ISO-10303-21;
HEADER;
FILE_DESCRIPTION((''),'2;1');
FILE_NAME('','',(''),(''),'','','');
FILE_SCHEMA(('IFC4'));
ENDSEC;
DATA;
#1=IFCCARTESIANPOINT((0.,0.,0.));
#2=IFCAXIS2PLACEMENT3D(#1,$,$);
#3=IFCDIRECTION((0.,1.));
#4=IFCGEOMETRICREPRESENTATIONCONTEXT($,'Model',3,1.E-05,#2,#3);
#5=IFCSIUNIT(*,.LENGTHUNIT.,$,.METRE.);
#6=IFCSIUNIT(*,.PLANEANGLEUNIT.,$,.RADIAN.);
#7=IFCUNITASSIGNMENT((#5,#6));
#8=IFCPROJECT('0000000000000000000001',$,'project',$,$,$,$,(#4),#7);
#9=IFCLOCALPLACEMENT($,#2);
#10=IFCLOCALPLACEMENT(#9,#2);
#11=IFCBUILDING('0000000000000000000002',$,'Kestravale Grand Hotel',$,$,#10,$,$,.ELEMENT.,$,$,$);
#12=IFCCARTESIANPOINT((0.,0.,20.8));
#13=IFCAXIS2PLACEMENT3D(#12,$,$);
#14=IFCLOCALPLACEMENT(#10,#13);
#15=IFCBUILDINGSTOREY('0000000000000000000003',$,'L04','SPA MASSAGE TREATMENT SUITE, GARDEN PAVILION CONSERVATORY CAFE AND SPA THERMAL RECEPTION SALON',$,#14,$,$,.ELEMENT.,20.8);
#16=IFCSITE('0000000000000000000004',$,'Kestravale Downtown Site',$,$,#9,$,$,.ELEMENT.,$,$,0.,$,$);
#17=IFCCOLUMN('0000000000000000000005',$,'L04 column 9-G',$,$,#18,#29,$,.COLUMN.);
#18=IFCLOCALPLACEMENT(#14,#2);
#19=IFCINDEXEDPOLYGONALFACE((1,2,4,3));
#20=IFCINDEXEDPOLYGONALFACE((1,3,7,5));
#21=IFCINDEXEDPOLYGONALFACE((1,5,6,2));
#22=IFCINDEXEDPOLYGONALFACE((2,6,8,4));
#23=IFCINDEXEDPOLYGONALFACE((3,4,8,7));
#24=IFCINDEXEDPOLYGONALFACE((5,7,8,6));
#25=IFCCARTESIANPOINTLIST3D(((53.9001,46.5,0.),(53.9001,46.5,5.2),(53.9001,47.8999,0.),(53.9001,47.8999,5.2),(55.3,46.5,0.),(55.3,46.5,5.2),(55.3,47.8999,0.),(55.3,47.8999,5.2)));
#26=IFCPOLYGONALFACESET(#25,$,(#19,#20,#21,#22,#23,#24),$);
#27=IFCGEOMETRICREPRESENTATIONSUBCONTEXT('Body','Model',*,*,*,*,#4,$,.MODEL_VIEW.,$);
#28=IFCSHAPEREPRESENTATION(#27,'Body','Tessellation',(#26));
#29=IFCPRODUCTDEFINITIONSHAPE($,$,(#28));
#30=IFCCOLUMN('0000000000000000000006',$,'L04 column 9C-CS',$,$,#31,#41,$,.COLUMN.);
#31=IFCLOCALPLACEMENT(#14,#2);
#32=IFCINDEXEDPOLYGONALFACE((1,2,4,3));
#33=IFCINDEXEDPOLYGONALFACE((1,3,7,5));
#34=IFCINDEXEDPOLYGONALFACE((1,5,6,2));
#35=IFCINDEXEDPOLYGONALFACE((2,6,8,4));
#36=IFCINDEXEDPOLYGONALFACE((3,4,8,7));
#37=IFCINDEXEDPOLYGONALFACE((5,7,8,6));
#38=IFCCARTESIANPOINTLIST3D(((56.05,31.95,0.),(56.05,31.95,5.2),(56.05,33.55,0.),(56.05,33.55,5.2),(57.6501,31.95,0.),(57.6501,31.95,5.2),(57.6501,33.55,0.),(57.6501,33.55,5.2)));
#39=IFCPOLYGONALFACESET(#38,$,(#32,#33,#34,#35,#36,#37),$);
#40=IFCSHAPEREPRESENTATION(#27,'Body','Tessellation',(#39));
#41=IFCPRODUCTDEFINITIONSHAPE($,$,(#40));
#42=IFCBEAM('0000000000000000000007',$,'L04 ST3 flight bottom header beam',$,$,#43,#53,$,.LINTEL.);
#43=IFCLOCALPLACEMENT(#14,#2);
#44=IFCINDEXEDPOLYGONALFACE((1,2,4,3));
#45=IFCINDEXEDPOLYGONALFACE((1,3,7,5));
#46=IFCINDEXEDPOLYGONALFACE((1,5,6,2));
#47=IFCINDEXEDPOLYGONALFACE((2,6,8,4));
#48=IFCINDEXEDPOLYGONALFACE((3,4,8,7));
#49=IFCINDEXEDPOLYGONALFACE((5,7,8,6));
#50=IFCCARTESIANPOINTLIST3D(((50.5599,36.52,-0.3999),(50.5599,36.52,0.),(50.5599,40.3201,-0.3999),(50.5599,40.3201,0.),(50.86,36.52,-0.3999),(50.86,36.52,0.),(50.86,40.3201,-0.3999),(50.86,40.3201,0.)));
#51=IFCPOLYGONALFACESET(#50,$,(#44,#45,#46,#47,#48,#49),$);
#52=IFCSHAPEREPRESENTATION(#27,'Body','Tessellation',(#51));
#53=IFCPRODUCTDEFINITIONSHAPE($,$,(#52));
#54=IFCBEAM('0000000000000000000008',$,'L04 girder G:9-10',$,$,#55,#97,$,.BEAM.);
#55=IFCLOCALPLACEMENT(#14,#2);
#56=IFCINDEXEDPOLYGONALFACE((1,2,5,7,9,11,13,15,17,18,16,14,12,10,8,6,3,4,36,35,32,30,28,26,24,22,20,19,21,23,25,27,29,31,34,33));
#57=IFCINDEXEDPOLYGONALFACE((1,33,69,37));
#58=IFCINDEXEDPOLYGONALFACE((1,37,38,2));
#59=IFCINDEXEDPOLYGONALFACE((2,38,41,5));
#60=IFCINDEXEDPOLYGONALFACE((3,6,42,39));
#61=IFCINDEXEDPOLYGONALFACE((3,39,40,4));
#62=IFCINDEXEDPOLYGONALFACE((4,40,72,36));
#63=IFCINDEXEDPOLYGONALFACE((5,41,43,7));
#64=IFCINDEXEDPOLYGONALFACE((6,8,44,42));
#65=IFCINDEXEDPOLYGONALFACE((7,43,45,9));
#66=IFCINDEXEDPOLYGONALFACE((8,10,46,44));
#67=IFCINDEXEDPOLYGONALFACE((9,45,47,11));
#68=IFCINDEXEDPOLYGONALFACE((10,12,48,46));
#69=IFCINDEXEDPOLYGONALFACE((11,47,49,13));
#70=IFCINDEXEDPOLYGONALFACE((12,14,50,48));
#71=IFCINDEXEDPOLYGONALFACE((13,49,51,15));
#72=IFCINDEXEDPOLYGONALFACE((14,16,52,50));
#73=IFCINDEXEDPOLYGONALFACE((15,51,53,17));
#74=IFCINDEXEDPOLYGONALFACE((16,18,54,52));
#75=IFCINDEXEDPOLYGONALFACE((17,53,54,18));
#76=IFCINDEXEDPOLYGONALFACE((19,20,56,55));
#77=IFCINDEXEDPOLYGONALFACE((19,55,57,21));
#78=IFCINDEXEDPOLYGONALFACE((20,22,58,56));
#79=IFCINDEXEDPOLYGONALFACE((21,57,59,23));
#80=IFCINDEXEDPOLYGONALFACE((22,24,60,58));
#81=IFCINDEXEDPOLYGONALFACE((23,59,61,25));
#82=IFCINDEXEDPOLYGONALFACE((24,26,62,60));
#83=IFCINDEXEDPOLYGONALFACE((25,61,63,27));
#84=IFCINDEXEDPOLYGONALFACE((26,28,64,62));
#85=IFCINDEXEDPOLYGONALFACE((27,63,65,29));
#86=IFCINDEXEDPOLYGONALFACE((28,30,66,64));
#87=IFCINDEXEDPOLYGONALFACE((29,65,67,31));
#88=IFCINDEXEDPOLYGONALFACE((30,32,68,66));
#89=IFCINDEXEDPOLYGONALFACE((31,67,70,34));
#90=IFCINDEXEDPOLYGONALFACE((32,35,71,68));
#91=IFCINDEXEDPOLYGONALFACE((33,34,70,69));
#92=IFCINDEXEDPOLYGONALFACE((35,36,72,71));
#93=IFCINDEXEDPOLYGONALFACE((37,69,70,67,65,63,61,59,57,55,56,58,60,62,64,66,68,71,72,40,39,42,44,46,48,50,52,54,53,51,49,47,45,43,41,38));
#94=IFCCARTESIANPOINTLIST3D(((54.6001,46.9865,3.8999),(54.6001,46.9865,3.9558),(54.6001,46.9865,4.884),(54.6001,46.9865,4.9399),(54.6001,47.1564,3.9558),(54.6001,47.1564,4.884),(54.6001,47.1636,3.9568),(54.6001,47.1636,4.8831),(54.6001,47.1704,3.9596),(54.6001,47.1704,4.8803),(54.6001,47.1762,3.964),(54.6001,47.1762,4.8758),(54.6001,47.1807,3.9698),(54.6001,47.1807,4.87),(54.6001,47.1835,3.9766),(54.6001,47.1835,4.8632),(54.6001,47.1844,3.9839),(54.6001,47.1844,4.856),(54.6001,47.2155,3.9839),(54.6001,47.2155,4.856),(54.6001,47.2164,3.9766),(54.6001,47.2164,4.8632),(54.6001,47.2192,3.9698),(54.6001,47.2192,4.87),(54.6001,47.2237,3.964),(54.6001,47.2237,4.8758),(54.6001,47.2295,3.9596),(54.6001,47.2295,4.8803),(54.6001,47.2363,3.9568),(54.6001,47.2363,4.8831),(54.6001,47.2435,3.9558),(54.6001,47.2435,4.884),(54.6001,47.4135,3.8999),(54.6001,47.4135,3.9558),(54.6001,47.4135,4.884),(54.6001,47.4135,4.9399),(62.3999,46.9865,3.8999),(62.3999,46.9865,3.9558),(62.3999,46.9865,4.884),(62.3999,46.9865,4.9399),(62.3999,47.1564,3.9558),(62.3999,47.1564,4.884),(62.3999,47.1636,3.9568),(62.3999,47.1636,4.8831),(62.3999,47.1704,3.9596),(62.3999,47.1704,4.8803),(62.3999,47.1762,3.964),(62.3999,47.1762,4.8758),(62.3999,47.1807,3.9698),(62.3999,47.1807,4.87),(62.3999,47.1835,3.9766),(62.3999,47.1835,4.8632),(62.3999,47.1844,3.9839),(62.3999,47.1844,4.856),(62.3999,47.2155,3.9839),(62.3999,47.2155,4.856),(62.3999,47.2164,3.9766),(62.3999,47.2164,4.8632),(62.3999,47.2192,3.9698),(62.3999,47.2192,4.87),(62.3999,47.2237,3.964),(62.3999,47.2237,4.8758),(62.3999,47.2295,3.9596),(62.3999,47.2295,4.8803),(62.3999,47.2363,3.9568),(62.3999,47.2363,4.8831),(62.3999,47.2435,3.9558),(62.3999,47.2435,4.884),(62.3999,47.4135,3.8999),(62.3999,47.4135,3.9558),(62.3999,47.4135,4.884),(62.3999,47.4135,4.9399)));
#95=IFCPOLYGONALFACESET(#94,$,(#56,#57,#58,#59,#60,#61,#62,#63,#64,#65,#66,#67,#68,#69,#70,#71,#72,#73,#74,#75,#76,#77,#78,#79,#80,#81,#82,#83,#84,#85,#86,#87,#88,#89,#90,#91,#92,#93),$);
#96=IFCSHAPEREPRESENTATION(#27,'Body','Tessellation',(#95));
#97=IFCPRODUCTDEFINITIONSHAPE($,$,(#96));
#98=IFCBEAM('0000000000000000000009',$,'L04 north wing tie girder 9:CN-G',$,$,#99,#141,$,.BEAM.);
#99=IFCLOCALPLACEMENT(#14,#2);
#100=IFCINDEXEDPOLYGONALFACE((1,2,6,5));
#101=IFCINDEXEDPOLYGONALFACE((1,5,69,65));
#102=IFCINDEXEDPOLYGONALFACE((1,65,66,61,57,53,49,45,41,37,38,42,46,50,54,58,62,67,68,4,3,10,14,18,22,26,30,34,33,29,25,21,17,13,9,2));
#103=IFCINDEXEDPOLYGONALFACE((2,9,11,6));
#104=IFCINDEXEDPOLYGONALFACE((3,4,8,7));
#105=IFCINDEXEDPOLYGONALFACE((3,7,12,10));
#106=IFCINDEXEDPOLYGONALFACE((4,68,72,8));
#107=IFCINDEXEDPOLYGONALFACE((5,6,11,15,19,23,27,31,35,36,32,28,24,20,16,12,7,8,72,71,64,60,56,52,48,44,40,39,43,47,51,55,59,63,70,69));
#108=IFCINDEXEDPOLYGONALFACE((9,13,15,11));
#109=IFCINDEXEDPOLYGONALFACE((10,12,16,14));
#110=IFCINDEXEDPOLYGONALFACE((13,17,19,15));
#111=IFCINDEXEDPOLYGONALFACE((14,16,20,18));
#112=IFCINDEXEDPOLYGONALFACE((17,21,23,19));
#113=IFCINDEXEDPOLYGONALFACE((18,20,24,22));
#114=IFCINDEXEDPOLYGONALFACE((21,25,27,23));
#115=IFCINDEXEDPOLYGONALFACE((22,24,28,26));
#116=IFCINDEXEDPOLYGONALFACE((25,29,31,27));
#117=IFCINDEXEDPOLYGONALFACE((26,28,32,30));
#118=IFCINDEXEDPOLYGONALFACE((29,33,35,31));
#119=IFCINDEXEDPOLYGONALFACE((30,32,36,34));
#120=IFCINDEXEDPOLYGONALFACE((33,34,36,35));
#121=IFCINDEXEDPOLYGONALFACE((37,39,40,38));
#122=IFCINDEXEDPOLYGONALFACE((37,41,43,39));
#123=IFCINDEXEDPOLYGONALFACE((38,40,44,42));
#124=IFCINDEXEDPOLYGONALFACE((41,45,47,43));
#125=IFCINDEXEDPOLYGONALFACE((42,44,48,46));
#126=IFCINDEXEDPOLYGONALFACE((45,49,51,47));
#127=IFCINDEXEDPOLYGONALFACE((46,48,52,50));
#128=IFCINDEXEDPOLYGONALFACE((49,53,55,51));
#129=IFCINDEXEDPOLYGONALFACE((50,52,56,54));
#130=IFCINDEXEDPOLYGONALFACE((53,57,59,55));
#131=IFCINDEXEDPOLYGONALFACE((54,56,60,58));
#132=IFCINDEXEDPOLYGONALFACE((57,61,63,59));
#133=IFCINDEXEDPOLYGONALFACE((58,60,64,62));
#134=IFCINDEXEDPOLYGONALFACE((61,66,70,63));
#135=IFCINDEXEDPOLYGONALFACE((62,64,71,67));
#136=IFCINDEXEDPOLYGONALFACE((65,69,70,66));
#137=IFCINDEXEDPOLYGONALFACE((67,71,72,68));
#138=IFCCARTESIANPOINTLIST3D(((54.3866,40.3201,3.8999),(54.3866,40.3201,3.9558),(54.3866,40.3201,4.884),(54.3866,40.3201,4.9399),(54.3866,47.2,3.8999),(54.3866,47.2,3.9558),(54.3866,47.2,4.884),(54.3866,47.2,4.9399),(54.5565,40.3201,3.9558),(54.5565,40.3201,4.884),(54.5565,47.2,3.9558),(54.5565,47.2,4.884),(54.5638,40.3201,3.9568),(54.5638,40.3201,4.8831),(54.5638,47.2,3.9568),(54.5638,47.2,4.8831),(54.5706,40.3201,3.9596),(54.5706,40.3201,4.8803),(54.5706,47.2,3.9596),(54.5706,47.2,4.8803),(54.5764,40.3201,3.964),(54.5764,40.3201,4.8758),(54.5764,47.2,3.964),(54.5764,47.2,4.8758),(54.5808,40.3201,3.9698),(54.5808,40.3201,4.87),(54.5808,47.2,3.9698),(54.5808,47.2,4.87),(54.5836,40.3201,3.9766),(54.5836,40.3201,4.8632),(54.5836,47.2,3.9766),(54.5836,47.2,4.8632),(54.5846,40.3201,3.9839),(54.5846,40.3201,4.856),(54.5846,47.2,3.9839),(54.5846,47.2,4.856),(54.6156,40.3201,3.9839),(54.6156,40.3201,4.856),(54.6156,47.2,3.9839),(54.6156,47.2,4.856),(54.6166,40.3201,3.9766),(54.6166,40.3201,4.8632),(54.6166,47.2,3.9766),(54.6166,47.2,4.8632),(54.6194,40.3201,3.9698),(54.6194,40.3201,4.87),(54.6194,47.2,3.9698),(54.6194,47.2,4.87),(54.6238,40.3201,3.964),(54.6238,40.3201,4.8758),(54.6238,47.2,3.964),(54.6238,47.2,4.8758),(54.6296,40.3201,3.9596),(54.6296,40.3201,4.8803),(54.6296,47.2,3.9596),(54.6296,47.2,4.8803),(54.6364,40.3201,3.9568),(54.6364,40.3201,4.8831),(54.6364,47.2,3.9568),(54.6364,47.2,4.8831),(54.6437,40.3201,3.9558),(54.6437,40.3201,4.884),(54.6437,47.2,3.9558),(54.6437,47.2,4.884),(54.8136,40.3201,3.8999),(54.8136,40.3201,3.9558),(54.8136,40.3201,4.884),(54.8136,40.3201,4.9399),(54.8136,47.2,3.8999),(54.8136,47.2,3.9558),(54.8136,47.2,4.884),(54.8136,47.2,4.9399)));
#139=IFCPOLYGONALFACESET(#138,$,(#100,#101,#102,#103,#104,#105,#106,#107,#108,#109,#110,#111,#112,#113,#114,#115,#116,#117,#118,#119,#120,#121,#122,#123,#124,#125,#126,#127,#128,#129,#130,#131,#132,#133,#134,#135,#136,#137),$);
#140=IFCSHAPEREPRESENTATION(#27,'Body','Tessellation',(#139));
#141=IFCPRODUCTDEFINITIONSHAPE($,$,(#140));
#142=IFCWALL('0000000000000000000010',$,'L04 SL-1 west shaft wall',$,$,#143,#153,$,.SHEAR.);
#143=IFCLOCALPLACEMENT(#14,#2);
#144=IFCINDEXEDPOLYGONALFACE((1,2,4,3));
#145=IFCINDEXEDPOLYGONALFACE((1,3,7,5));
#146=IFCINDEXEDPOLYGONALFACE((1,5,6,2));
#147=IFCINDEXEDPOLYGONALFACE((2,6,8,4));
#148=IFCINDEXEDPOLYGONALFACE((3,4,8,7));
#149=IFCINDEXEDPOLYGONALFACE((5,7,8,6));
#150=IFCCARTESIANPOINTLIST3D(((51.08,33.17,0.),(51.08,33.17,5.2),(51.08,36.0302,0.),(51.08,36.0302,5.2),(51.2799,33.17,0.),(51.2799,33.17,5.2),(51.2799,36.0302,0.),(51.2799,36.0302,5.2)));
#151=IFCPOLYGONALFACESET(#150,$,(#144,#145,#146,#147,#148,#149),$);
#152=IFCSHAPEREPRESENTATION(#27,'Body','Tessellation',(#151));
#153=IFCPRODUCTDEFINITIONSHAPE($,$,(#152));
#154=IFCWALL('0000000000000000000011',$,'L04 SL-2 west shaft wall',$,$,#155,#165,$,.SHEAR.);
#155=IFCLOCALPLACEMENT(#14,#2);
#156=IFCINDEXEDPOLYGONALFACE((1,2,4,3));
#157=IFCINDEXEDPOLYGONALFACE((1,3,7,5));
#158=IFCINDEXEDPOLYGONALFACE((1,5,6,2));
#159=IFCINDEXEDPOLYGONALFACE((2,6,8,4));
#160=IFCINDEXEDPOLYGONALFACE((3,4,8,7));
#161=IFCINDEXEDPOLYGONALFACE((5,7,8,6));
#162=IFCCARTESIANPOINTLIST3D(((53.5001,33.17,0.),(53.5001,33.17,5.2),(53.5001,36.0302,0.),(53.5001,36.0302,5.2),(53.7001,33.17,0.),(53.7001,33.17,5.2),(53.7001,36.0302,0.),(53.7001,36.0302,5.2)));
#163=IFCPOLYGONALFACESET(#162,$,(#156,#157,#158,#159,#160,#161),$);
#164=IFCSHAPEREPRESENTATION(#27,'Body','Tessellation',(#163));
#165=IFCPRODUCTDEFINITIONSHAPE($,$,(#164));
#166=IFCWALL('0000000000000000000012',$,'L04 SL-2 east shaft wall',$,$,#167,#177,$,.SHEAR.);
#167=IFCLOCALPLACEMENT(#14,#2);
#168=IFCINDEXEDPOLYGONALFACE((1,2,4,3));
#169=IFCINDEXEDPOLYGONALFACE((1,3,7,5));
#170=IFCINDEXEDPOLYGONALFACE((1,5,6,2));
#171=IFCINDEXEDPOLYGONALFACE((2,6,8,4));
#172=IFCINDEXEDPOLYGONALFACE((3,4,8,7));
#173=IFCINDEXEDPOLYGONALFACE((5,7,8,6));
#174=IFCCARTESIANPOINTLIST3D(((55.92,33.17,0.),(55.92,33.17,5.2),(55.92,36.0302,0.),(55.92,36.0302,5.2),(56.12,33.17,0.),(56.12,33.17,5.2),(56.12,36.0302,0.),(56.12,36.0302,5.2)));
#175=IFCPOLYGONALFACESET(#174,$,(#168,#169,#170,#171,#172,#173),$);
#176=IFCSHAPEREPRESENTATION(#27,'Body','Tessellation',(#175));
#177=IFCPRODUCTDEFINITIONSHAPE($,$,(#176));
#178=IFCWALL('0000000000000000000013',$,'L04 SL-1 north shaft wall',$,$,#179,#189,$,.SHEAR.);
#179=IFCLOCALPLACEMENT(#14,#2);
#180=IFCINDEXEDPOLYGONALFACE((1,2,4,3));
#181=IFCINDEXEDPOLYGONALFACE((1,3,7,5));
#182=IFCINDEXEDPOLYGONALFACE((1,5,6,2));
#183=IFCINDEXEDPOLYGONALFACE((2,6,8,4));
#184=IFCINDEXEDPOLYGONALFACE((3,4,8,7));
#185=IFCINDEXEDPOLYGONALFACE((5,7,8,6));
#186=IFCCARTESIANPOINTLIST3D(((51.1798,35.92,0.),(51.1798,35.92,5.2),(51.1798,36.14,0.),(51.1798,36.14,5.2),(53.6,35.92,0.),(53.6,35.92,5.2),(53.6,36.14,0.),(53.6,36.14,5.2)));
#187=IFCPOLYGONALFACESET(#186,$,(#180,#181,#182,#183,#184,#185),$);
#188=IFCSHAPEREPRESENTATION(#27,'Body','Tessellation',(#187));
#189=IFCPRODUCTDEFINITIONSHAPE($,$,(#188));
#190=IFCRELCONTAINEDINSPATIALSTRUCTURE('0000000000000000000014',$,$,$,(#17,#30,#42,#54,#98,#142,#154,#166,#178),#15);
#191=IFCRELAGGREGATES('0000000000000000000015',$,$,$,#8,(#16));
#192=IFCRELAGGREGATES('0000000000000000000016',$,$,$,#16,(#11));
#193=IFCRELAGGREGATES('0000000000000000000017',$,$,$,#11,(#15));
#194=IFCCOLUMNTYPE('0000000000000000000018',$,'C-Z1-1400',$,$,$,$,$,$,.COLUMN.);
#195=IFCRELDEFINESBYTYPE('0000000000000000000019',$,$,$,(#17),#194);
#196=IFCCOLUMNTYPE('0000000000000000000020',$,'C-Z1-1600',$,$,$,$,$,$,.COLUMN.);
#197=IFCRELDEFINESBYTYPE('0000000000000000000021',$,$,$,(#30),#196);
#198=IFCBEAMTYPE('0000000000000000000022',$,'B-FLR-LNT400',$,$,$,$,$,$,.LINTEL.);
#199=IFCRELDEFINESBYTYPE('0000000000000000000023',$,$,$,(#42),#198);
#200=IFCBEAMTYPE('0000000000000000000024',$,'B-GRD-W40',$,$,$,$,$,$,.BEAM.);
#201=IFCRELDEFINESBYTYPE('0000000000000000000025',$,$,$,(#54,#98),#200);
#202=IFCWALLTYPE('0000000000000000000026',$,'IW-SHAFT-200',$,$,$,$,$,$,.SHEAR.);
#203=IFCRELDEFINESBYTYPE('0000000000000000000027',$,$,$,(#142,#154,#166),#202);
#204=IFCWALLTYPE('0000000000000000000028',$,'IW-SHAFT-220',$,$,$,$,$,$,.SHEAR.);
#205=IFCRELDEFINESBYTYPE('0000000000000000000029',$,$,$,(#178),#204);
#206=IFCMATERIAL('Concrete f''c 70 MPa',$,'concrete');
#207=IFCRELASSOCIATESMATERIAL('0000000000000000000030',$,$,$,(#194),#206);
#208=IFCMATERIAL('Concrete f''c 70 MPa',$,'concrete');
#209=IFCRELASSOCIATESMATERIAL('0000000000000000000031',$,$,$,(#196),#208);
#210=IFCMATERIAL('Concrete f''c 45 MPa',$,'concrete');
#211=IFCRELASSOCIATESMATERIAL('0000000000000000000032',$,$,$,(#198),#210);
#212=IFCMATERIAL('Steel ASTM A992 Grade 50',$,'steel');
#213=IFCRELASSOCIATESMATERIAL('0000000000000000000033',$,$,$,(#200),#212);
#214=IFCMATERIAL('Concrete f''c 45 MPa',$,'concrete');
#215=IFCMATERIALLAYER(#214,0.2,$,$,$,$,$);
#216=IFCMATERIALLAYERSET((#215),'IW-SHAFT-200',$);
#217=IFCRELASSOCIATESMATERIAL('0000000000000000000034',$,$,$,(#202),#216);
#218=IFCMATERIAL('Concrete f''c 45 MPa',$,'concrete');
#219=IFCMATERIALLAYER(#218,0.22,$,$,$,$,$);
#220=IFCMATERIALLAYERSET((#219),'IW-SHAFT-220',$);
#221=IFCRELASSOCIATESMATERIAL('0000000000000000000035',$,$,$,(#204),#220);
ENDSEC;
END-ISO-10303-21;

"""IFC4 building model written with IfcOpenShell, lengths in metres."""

from ifc_helpers import new_model, si_unit, direction, frame, frame_2d, origin, origin_2d, place, context, subcontext, project, spatial, rectangle, i_section, extrude, material, layer, layer_set, material_profile, profile_set, type_object, element, save


model = new_model("IFC4")

# Units and contexts
model_context = context("Model", 3, precision=1e-05, world=origin(), true_north=direction((0.0, 1.0)))
body_context = subcontext(model_context, "Body", "Model", "MODEL_VIEW")
ifc_project = project(units=[si_unit("LENGTHUNIT", "METRE"), si_unit("PLANEANGLEUNIT", "RADIAN")], contexts=[model_context])

# Site, building, storey
site_placement = place(None, origin())
site = spatial("IfcSite", under=ifc_project, at=site_placement, Name="Kestravale Downtown Site", CompositionType="ELEMENT", RefElevation=0.0)
building_placement = place(site_placement, origin())
building = spatial("IfcBuilding", under=site, at=building_placement, Name="Kestravale Grand Hotel", CompositionType="ELEMENT")
storey_placement = place(building_placement, frame((0.0, 0.0, 20.8)))
storey = spatial("IfcBuildingStorey", under=building, at=storey_placement, Name="L04", Description="SPA MASSAGE TREATMENT SUITE, GARDEN PAVILION CONSERVATORY CAFE AND SPA THERMAL RECEPTION SALON", CompositionType="ELEMENT", Elevation=20.8)

# Columns
ifc_material_1 = material(Name="Concrete f'c 70 MPa", Category="concrete")
ifc_material_profile_1 = material_profile(ifc_material_1, rectangle(XDim=1.3999, YDim=1.3999, at=origin_2d()))
ifc_profile_set_1 = profile_set([ifc_material_profile_1], Name="Concrete f'c 70 MPa")
column_type_1 = type_object("IfcColumnType", Name="C-Z1-1400", PredefinedType="COLUMN", material=ifc_profile_set_1)
column_1_placement = place(storey_placement, frame((54.6001, 47.2, 0.0), z_axis=(0.0, 0.0, 1.0), x_axis=(1.0, 0.0, 0.0)))
element("IfcColumn", 1, at=column_1_placement, inside=storey, type_object=column_type_1, Name="L04 column 9-G", PredefinedType="COLUMN", context=body_context, shape_type="SweptSolid", body=[
    extrude(rectangle(XDim=1.3999, YDim=1.3999, at=origin_2d()), origin(), (0.0, 0.0, 1.0), 5.2),
])
ifc_material_2 = material(Name="Concrete f'c 70 MPa", Category="concrete")
ifc_material_profile_2 = material_profile(ifc_material_2, rectangle(XDim=1.6001, YDim=1.6001, at=origin_2d()))
ifc_profile_set_2 = profile_set([ifc_material_profile_2], Name="Concrete f'c 70 MPa")
column_type_2 = type_object("IfcColumnType", Name="C-Z1-1600", PredefinedType="COLUMN", material=ifc_profile_set_2)
column_2_placement = place(storey_placement, frame((56.8501, 32.75, 0.0), z_axis=(0.0, 0.0, 1.0), x_axis=(1.0, 0.0, 0.0)))
element("IfcColumn", 2, at=column_2_placement, inside=storey, type_object=column_type_2, Name="L04 column 9C-CS", PredefinedType="COLUMN", context=body_context, shape_type="SweptSolid", body=[
    extrude(rectangle(XDim=1.6001, YDim=1.6001, at=origin_2d()), origin(), (0.0, 0.0, 1.0), 5.2),
])

# Beams
ifc_material_3 = material(Name="Concrete f'c 45 MPa", Category="concrete")
ifc_material_profile_3 = material_profile(ifc_material_3, rectangle(XDim=0.3, YDim=0.3999, at=origin_2d()))
ifc_profile_set_3 = profile_set([ifc_material_profile_3], Name="Concrete f'c 45 MPa")
beam_type_1 = type_object("IfcBeamType", Name="B-FLR-LNT400", PredefinedType="LINTEL", material=ifc_profile_set_3)
beam_1_placement = place(storey_placement, frame((50.71, 36.52, -0.2), z_axis=(0.0, 1.0, 0.0), x_axis=(-1.0, 0.0, 0.0)))
element("IfcBeam", 3, at=beam_1_placement, inside=storey, type_object=beam_type_1, Name="L04 ST3 flight bottom header beam", PredefinedType="LINTEL", context=body_context, shape_type="SweptSolid", body=[
    extrude(rectangle(XDim=0.3, YDim=0.3999, at=origin_2d()), origin(), (0.0, 0.0, 1.0), 3.8),
])
ifc_material_4 = material(Name="Steel ASTM A992 Grade 50", Category="steel")
ifc_material_profile_4 = material_profile(ifc_material_4, i_section(OverallWidth=0.427, OverallDepth=1.04, WebThickness=0.031, FlangeThickness=0.0559, FilletRadius=0.0281, at=origin_2d()))
ifc_profile_set_4 = profile_set([ifc_material_profile_4], Name="Steel ASTM A992 Grade 50")
beam_type_2 = type_object("IfcBeamType", Name="B-GRD-W40", PredefinedType="BEAM", material=ifc_profile_set_4)
beam_2_placement = place(storey_placement, frame((54.6001, 47.2, 4.4199), z_axis=(1.0, 0.0, 0.0), x_axis=(0.0, 1.0, 0.0)))
element("IfcBeam", 4, at=beam_2_placement, inside=storey, type_object=beam_type_2, Name="L04 girder G:9-10", PredefinedType="BEAM", context=body_context, shape_type="SweptSolid", body=[
    extrude(i_section(OverallWidth=0.427, OverallDepth=1.04, WebThickness=0.031, FlangeThickness=0.0559, FilletRadius=0.0281, at=origin_2d()), origin(), (0.0, 0.0, 1.0), 7.7998),
])
beam_3_placement = place(storey_placement, frame((54.6001, 40.3201, 4.4199), z_axis=(0.0, 1.0, 0.0), x_axis=(-1.0, 0.0, 0.0)))
element("IfcBeam", 5, at=beam_3_placement, inside=storey, type_object=beam_type_2, Name="L04 north wing tie girder 9:CN-G", PredefinedType="BEAM", context=body_context, shape_type="SweptSolid", body=[
    extrude(i_section(OverallWidth=0.427, OverallDepth=1.04, WebThickness=0.031, FlangeThickness=0.0559, FilletRadius=0.0281, at=origin_2d()), origin(), (0.0, 0.0, 1.0), 6.8799),
])

# Walls
ifc_material_5 = material(Name="Concrete f'c 45 MPa", Category="concrete")
ifc_layer_1 = layer(ifc_material_5, 0.2)
ifc_layer_set_1 = layer_set([ifc_layer_1], Name="IW-SHAFT-200")
wall_type_1 = type_object("IfcWallType", Name="IW-SHAFT-200", PredefinedType="SHEAR", material=ifc_layer_set_1)
for number, where, z_axis, x_axis, name in (
    (6, (51.1799, 33.1699, 0.0), (0.0, 0.0, 1.0), (0.0, 1.0, 0.0), "L04 SL-1 west shaft wall"),
    (7, (53.6001, 33.1699, 0.0), (0.0, 0.0, 1.0), (0.0, 1.0, 0.0), "L04 SL-2 west shaft wall"),
    (8, (56.02, 33.1699, 0.0), (0.0, 0.0, 1.0), (0.0, 1.0, 0.0), "L04 SL-2 east shaft wall"),
):
    element("IfcWall", number, at=place(storey_placement, frame(where, z_axis=z_axis, x_axis=x_axis)), inside=storey, type_object=wall_type_1, Name=name, PredefinedType="SHEAR", context=body_context, shape_type="SweptSolid", body=[
        extrude(rectangle(XDim=2.8601, YDim=0.2, at=frame_2d((1.4302, 0.0))), origin(), (0.0, 0.0, 1.0), 5.2),
    ])
ifc_material_6 = material(Name="Concrete f'c 45 MPa", Category="concrete")
ifc_layer_2 = layer(ifc_material_6, 0.22)
ifc_layer_set_2 = layer_set([ifc_layer_2], Name="IW-SHAFT-220")
wall_type_2 = type_object("IfcWallType", Name="IW-SHAFT-220", PredefinedType="SHEAR", material=ifc_layer_set_2)
wall_1_placement = place(storey_placement, frame((51.1799, 36.03, 0.0), z_axis=(0.0, 0.0, 1.0), x_axis=(1.0, 0.0, 0.0)))
element("IfcWall", 9, at=wall_1_placement, inside=storey, type_object=wall_type_2, Name="L04 SL-1 north shaft wall", PredefinedType="SHEAR", context=body_context, shape_type="SweptSolid", body=[
    extrude(rectangle(XDim=2.4202, YDim=0.22, at=frame_2d((1.21, 0.0))), origin(), (0.0, 0.0, 1.0), 5.2),
])

save(model, "model.ifc")
